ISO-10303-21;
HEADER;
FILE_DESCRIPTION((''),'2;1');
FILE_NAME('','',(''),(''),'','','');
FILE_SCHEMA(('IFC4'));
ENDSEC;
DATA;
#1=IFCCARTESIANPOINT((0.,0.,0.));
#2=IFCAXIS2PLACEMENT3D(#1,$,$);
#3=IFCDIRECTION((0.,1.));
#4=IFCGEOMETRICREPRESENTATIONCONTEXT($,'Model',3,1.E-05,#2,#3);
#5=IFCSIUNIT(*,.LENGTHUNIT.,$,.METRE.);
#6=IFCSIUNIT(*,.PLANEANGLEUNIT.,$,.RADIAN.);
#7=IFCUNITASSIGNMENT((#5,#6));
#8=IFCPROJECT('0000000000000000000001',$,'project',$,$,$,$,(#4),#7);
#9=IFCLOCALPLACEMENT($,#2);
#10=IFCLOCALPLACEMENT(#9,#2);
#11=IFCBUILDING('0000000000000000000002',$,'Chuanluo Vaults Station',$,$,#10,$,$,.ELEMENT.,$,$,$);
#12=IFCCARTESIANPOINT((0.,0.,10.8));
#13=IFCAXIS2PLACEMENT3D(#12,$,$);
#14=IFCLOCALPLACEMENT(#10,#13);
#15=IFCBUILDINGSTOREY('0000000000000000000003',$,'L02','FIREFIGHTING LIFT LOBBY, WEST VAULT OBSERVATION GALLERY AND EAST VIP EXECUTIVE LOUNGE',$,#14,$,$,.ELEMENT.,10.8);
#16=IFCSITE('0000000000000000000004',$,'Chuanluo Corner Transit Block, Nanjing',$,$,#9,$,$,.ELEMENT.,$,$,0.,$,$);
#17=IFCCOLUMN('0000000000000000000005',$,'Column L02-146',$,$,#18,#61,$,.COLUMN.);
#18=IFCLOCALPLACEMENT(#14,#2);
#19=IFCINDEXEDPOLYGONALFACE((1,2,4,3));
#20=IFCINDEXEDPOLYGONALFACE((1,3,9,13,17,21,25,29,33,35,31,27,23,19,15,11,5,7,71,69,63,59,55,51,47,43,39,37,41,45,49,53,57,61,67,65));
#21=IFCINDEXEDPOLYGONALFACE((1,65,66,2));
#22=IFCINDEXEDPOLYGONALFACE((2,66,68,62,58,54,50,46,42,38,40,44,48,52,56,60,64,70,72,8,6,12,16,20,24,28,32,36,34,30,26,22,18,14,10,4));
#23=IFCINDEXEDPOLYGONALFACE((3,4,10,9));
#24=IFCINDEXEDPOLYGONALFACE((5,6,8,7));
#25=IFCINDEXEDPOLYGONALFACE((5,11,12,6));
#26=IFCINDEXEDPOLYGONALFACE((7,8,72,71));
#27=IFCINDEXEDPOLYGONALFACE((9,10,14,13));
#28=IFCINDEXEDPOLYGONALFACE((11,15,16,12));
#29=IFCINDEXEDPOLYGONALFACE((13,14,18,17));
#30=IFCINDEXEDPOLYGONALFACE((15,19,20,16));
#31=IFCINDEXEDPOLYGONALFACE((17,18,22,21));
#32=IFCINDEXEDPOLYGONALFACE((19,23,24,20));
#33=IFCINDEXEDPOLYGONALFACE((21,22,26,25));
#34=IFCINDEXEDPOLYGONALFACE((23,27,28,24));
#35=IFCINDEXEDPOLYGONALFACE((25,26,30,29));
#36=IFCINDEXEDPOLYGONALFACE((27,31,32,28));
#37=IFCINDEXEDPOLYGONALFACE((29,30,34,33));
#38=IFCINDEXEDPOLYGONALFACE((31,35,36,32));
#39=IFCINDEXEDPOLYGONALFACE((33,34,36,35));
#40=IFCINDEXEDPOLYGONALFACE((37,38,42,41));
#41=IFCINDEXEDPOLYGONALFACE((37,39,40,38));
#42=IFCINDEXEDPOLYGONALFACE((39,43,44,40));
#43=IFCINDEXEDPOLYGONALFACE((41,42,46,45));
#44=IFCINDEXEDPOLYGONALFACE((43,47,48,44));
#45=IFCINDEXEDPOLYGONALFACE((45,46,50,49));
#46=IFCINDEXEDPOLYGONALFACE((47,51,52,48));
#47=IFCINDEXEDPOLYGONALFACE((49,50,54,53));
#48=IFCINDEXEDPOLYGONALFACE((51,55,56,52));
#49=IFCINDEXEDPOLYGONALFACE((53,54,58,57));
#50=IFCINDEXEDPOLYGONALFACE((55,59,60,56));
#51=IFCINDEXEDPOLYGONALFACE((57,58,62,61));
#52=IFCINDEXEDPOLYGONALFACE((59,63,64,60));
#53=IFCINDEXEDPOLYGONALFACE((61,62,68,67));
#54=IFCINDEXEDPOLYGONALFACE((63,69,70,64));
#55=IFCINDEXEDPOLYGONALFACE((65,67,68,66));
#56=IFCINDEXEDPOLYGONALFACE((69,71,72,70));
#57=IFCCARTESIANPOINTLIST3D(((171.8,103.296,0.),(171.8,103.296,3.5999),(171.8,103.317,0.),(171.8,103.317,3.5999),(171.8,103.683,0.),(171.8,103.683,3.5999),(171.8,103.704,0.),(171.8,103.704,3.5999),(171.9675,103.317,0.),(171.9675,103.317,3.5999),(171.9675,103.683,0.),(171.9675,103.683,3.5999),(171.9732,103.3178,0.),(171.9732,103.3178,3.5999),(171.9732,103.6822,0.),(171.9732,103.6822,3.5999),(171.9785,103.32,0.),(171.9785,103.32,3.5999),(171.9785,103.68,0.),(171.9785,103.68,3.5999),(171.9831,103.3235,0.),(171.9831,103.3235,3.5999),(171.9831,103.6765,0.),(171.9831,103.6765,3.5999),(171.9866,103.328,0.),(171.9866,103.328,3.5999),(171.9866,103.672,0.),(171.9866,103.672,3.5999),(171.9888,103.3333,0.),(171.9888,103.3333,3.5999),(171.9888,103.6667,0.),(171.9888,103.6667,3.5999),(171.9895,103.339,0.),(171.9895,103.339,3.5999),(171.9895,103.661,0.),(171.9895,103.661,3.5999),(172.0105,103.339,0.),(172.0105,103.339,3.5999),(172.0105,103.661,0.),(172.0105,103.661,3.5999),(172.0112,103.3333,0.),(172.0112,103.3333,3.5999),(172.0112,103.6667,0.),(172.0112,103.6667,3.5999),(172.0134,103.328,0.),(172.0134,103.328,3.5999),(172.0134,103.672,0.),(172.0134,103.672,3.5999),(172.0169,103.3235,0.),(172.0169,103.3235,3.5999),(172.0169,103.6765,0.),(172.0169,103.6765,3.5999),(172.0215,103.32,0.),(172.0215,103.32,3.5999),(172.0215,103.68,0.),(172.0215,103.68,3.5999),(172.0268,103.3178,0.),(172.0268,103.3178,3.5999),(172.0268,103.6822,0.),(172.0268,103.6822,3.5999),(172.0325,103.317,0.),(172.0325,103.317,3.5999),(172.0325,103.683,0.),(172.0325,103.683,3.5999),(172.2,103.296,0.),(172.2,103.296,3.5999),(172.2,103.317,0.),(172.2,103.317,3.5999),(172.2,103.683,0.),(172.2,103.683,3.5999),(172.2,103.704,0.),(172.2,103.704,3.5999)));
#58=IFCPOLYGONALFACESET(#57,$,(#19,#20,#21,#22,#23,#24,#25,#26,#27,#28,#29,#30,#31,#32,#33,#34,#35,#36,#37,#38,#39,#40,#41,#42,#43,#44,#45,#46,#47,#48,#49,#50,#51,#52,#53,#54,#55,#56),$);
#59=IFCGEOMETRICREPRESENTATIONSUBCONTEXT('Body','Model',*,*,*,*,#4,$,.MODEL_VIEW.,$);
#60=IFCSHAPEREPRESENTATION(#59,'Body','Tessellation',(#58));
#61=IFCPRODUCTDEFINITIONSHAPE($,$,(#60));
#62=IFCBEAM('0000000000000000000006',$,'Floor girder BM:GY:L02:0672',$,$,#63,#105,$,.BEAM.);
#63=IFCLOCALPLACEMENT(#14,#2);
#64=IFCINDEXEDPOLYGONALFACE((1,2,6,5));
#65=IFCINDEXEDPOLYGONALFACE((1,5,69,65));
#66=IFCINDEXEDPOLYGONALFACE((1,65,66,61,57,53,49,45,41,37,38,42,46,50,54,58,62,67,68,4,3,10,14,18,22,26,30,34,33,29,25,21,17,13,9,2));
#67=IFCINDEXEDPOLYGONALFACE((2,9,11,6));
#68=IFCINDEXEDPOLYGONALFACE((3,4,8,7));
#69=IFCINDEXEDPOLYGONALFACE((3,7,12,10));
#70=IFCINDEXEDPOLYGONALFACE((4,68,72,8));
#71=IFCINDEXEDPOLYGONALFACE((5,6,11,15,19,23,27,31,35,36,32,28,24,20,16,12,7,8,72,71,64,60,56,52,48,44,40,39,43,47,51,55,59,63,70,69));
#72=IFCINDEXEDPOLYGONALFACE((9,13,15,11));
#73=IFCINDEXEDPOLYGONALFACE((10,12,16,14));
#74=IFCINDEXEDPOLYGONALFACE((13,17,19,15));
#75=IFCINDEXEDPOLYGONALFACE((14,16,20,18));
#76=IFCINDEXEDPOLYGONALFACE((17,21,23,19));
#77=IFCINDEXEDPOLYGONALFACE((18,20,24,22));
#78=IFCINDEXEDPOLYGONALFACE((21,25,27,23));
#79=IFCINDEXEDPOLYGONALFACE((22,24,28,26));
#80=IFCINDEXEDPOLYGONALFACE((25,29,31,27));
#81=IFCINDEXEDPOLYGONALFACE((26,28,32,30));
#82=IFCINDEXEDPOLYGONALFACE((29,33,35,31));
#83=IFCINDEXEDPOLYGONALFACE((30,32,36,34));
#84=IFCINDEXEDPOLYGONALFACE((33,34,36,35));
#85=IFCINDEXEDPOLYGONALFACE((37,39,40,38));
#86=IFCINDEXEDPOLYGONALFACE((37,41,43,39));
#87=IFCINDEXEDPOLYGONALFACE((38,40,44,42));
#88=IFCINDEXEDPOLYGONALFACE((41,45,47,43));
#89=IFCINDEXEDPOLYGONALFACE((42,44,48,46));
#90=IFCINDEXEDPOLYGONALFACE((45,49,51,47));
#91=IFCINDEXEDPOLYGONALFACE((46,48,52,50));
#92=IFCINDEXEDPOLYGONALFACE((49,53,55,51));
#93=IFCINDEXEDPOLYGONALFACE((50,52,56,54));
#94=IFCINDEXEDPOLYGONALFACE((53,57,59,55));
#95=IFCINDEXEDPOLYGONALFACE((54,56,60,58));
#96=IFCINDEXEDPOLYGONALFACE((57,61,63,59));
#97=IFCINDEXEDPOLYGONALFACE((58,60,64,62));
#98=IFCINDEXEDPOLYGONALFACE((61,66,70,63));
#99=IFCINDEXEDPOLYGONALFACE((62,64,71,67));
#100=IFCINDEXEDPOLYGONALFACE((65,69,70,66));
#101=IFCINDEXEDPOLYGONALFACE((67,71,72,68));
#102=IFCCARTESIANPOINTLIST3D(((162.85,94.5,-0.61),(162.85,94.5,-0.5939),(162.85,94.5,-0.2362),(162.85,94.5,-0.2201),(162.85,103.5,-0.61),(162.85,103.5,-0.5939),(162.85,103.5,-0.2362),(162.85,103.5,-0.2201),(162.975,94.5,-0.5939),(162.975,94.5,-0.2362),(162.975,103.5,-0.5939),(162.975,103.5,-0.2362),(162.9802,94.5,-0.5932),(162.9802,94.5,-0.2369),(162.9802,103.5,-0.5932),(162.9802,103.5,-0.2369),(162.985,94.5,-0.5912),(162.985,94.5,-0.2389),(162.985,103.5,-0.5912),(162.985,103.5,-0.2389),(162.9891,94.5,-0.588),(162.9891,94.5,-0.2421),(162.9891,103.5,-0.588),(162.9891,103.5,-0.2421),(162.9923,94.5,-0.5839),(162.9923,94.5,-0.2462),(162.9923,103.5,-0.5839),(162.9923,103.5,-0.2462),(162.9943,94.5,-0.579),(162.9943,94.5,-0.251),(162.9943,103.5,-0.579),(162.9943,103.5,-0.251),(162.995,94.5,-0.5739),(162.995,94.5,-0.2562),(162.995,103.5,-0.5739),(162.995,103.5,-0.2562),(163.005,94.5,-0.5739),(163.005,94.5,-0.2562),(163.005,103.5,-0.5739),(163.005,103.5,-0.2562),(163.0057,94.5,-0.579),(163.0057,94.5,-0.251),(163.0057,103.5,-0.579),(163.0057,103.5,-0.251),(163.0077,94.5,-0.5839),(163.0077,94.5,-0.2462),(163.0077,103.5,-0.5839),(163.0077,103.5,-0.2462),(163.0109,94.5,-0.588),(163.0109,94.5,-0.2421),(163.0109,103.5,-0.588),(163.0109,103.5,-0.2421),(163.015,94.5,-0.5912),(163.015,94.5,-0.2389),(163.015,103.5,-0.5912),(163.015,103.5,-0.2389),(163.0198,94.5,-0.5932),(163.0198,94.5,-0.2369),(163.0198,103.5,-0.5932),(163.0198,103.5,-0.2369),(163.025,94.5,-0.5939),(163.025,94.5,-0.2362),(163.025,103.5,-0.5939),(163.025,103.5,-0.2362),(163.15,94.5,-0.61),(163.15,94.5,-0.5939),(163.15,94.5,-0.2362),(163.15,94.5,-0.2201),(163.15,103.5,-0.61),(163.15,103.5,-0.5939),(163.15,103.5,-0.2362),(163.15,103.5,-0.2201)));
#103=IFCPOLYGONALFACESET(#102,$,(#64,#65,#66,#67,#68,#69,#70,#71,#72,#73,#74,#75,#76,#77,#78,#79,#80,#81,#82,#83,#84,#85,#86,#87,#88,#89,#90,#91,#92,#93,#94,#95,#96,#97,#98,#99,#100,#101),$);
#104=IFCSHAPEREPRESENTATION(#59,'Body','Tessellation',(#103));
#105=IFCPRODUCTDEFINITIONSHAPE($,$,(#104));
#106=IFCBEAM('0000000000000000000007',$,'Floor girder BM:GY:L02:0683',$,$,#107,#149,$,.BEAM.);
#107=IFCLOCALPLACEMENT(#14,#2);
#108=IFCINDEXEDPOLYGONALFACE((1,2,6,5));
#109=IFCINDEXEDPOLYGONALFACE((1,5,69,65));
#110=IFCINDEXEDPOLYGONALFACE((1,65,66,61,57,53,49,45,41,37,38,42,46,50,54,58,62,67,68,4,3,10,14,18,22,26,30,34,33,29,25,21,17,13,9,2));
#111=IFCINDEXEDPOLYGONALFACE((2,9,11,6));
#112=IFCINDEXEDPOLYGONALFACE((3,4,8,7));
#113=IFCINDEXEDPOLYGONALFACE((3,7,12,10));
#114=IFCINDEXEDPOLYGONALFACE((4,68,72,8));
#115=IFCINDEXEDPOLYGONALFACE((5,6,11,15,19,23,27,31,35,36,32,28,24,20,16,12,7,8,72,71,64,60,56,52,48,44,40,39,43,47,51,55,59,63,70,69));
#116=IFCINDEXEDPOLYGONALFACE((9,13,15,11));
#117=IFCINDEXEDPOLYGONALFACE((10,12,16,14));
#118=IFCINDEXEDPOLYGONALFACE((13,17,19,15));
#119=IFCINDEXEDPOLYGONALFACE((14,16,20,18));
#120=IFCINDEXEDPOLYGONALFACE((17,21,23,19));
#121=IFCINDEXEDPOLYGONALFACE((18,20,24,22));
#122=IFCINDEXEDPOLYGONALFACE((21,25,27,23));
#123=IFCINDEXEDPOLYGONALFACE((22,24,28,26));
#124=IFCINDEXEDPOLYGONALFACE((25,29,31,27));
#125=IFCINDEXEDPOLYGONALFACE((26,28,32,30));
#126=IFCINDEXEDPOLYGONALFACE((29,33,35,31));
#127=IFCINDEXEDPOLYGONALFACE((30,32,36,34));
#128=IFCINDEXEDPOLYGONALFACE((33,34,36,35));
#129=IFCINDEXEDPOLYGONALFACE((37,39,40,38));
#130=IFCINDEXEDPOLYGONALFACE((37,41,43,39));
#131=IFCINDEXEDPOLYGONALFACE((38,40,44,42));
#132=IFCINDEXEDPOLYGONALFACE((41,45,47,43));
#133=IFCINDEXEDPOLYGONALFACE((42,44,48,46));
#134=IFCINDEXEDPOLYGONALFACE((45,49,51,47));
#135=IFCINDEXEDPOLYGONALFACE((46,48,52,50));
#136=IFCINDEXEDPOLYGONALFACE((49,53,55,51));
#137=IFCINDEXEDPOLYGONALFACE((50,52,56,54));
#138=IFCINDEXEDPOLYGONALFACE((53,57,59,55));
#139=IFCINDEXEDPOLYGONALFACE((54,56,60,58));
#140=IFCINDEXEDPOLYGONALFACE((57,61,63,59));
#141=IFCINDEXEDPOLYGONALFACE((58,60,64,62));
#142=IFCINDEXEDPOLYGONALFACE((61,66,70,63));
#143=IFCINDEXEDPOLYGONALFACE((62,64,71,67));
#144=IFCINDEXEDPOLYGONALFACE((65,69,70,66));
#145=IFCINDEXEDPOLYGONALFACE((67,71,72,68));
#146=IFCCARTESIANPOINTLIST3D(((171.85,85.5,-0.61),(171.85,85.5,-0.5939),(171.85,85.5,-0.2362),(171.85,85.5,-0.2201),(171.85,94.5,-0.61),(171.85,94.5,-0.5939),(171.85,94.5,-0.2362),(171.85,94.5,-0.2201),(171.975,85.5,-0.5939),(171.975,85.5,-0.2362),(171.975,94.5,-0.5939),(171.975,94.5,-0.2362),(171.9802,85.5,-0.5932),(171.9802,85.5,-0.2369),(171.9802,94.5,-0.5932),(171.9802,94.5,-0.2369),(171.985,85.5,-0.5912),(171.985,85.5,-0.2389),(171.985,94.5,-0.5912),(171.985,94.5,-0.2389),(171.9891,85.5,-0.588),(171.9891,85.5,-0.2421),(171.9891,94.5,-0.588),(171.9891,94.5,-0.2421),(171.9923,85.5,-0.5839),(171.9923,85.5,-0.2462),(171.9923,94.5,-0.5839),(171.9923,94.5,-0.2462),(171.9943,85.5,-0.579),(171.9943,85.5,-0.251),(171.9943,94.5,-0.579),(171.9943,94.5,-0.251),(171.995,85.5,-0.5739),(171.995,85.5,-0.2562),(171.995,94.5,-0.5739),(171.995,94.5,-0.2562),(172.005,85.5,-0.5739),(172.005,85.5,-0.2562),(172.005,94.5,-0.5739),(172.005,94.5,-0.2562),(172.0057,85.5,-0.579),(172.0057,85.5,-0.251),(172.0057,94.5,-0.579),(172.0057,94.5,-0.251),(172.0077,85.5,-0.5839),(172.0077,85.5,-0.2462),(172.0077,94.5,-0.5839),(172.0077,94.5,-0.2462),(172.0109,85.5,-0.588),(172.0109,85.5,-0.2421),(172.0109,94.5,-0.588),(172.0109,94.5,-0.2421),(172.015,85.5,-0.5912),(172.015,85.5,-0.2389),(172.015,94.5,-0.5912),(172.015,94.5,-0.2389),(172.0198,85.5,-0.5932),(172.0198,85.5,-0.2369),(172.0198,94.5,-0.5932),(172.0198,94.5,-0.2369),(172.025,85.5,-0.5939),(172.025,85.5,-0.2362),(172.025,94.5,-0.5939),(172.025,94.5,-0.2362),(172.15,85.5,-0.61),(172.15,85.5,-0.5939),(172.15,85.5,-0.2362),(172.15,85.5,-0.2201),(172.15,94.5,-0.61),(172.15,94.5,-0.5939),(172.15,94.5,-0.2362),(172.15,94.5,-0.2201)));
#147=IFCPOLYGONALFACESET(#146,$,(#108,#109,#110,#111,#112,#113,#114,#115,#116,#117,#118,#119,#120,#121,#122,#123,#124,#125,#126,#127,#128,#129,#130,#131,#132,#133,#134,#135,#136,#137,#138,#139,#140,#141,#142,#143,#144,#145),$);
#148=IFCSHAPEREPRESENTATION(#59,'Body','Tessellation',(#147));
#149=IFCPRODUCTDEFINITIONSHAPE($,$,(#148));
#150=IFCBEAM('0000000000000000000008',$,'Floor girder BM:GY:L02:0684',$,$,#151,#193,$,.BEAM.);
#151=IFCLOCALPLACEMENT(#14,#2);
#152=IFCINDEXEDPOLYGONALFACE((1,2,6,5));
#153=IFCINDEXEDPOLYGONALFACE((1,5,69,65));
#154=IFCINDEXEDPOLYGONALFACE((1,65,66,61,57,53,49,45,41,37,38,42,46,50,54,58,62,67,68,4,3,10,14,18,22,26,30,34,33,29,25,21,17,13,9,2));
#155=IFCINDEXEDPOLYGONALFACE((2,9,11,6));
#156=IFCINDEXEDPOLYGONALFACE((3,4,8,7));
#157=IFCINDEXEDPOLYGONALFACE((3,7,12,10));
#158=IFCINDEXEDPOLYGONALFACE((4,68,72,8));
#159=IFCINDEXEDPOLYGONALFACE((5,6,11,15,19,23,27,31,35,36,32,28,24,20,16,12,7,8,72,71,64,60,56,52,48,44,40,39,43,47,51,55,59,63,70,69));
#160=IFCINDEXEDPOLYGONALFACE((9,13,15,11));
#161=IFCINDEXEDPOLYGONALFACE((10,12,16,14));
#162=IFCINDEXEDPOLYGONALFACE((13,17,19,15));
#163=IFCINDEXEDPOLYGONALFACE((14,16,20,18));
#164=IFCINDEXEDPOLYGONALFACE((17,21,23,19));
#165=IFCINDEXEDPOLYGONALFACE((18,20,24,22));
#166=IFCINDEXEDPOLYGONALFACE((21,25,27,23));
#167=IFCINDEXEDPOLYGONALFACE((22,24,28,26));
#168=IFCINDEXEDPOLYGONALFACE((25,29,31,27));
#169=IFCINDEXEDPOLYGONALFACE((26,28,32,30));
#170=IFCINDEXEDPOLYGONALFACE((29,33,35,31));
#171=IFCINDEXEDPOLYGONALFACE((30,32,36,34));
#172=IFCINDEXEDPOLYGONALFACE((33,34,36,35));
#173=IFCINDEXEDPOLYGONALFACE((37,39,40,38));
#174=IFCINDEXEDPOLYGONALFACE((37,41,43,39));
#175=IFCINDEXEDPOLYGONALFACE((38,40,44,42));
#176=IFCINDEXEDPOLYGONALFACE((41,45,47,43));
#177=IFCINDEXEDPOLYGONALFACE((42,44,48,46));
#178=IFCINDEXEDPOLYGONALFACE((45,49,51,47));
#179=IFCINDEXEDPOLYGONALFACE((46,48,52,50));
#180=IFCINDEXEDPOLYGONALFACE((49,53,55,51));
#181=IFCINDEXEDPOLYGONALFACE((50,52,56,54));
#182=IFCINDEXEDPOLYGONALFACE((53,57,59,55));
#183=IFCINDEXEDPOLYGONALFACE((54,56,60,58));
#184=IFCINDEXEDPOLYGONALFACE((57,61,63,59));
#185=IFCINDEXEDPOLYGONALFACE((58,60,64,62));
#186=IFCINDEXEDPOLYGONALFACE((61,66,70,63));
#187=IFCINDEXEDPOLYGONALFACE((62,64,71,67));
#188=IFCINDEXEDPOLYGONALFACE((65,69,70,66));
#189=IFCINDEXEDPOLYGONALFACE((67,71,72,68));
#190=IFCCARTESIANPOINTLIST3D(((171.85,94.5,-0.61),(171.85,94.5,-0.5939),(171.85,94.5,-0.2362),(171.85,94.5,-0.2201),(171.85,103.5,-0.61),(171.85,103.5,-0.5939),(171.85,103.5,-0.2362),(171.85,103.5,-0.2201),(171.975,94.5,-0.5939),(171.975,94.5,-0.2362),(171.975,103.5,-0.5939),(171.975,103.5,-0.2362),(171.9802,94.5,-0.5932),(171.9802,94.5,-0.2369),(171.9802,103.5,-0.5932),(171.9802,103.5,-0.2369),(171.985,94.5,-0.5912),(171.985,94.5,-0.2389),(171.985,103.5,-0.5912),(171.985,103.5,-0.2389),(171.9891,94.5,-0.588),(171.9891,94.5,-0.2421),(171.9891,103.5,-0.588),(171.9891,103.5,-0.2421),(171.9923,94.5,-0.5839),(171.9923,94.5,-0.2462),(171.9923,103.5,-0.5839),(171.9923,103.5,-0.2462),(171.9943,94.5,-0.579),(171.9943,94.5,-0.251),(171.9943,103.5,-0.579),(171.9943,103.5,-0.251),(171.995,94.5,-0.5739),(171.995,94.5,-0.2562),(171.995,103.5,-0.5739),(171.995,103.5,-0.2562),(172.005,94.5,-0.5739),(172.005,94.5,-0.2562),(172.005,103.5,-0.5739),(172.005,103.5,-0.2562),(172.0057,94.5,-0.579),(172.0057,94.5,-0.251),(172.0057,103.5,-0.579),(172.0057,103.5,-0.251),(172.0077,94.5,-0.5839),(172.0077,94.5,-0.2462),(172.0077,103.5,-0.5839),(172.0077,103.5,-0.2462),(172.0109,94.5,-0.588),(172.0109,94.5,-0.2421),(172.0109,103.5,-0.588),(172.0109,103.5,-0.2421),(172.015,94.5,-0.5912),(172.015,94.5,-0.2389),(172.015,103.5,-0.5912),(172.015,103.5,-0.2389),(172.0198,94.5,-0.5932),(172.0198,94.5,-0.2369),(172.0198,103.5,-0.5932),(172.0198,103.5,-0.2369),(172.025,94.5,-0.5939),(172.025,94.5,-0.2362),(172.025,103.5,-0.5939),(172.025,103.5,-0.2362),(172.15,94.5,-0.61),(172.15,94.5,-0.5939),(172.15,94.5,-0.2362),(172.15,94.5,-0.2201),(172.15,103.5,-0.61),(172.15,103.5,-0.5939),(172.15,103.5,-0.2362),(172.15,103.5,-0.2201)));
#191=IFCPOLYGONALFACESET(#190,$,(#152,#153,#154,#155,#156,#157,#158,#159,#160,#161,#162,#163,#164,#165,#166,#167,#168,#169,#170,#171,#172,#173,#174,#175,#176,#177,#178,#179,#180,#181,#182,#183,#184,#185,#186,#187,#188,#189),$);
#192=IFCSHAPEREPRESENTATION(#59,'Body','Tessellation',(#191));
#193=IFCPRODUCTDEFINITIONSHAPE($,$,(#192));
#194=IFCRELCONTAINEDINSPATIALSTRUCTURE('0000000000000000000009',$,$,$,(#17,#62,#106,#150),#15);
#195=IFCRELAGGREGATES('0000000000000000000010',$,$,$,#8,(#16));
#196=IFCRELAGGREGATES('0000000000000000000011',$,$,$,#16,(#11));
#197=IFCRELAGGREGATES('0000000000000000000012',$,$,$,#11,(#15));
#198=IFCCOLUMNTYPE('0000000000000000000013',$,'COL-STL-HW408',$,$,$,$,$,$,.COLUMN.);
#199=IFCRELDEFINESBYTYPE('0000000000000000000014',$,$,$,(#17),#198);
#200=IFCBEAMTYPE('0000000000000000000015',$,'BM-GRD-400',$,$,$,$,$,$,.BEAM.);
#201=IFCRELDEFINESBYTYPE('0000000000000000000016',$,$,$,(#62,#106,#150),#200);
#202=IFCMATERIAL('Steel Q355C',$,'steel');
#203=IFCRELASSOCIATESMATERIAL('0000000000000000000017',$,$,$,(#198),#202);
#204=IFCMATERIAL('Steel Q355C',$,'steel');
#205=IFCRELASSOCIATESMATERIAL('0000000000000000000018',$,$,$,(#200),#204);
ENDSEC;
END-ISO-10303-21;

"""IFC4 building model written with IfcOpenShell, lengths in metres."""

from ifc_helpers import new_model, si_unit, direction, frame, origin, origin_2d, place, context, subcontext, project, spatial, i_section, extrude, material, material_profile, profile_set, type_object, element, save


model = new_model("IFC4")

# Units and contexts
model_context = context("Model", 3, precision=1e-05, world=origin(), true_north=direction((0.0, 1.0)))
body_context = subcontext(model_context, "Body", "Model", "MODEL_VIEW")
ifc_project = project(units=[si_unit("LENGTHUNIT", "METRE"), si_unit("PLANEANGLEUNIT", "RADIAN")], contexts=[model_context])

# Site, building, storey
site_placement = place(None, origin())
site = spatial("IfcSite", under=ifc_project, at=site_placement, Name="Chuanluo Corner Transit Block, Nanjing", CompositionType="ELEMENT", RefElevation=0.0)
building_placement = place(site_placement, origin())
building = spatial("IfcBuilding", under=site, at=building_placement, Name="Chuanluo Vaults Station", CompositionType="ELEMENT")
storey_placement = place(building_placement, frame((0.0, 0.0, 10.8)))
storey = spatial("IfcBuildingStorey", under=building, at=storey_placement, Name="L02", Description="FIREFIGHTING LIFT LOBBY, WEST VAULT OBSERVATION GALLERY AND EAST VIP EXECUTIVE LOUNGE", CompositionType="ELEMENT", Elevation=10.8)

# Column
ifc_material_1 = material(Name="Steel Q355C", Category="steel")
ifc_material_profile_1 = material_profile(ifc_material_1, i_section(OverallWidth=0.3999, OverallDepth=0.408, WebThickness=0.021, FlangeThickness=0.021, FilletRadius=0.022, at=origin_2d()))
ifc_profile_set_1 = profile_set([ifc_material_profile_1], Name="Steel Q355C")
column_type = type_object("IfcColumnType", Name="COL-STL-HW408", PredefinedType="COLUMN", material=ifc_profile_set_1)
for number, where, z_axis, x_axis, name in (
    (1, (172.0, 103.5, 0.0), (0.0, 0.0, 1.0), (1.0, 0.0, 0.0), "Column L02-146"),
):
    element("IfcColumn", number, at=place(storey_placement, frame(where, z_axis=z_axis, x_axis=x_axis)), inside=storey, type_object=column_type, Name=name, PredefinedType="COLUMN", context=body_context, shape_type="SweptSolid", body=[
        extrude(i_section(OverallWidth=0.3999, OverallDepth=0.408, WebThickness=0.021, FlangeThickness=0.021, FilletRadius=0.022, at=origin_2d()), origin(), (0.0, 0.0, 1.0), 3.5999),
    ])

# Beams
ifc_material_2 = material(Name="Steel Q355C", Category="steel")
ifc_material_profile_2 = material_profile(ifc_material_2, i_section(OverallWidth=0.3, OverallDepth=0.3899, WebThickness=0.01, FlangeThickness=0.0161, FilletRadius=0.02, at=origin_2d()))
ifc_profile_set_2 = profile_set([ifc_material_profile_2], Name="Steel Q355C")
beam_type_1 = type_object("IfcBeamType", Name="BM-GRD-400", PredefinedType="BEAM", material=ifc_profile_set_2)
for number, where, z_axis, x_axis, name in (
    (2, (163.0, 94.5, -0.415), (0.0, 1.0, 0.0), (-1.0, 0.0, 0.0), "Floor girder BM:GY:L02:0672"),
    (3, (172.0, 85.5, -0.415), (0.0, 1.0, 0.0), (-1.0, 0.0, 0.0), "Floor girder BM:GY:L02:0683"),
    (4, (172.0, 94.5, -0.415), (0.0, 1.0, 0.0), (-1.0, 0.0, 0.0), "Floor girder BM:GY:L02:0684"),
):
    element("IfcBeam", number, at=place(storey_placement, frame(where, z_axis=z_axis, x_axis=x_axis)), inside=storey, type_object=beam_type_1, Name=name, PredefinedType="BEAM", context=body_context, shape_type="SweptSolid", body=[
        extrude(i_section(OverallWidth=0.3, OverallDepth=0.3899, WebThickness=0.01, FlangeThickness=0.0161, FilletRadius=0.02, at=origin_2d()), origin(), (0.0, 0.0, 1.0), 9.0),
    ])

save(model, "model.ifc")
